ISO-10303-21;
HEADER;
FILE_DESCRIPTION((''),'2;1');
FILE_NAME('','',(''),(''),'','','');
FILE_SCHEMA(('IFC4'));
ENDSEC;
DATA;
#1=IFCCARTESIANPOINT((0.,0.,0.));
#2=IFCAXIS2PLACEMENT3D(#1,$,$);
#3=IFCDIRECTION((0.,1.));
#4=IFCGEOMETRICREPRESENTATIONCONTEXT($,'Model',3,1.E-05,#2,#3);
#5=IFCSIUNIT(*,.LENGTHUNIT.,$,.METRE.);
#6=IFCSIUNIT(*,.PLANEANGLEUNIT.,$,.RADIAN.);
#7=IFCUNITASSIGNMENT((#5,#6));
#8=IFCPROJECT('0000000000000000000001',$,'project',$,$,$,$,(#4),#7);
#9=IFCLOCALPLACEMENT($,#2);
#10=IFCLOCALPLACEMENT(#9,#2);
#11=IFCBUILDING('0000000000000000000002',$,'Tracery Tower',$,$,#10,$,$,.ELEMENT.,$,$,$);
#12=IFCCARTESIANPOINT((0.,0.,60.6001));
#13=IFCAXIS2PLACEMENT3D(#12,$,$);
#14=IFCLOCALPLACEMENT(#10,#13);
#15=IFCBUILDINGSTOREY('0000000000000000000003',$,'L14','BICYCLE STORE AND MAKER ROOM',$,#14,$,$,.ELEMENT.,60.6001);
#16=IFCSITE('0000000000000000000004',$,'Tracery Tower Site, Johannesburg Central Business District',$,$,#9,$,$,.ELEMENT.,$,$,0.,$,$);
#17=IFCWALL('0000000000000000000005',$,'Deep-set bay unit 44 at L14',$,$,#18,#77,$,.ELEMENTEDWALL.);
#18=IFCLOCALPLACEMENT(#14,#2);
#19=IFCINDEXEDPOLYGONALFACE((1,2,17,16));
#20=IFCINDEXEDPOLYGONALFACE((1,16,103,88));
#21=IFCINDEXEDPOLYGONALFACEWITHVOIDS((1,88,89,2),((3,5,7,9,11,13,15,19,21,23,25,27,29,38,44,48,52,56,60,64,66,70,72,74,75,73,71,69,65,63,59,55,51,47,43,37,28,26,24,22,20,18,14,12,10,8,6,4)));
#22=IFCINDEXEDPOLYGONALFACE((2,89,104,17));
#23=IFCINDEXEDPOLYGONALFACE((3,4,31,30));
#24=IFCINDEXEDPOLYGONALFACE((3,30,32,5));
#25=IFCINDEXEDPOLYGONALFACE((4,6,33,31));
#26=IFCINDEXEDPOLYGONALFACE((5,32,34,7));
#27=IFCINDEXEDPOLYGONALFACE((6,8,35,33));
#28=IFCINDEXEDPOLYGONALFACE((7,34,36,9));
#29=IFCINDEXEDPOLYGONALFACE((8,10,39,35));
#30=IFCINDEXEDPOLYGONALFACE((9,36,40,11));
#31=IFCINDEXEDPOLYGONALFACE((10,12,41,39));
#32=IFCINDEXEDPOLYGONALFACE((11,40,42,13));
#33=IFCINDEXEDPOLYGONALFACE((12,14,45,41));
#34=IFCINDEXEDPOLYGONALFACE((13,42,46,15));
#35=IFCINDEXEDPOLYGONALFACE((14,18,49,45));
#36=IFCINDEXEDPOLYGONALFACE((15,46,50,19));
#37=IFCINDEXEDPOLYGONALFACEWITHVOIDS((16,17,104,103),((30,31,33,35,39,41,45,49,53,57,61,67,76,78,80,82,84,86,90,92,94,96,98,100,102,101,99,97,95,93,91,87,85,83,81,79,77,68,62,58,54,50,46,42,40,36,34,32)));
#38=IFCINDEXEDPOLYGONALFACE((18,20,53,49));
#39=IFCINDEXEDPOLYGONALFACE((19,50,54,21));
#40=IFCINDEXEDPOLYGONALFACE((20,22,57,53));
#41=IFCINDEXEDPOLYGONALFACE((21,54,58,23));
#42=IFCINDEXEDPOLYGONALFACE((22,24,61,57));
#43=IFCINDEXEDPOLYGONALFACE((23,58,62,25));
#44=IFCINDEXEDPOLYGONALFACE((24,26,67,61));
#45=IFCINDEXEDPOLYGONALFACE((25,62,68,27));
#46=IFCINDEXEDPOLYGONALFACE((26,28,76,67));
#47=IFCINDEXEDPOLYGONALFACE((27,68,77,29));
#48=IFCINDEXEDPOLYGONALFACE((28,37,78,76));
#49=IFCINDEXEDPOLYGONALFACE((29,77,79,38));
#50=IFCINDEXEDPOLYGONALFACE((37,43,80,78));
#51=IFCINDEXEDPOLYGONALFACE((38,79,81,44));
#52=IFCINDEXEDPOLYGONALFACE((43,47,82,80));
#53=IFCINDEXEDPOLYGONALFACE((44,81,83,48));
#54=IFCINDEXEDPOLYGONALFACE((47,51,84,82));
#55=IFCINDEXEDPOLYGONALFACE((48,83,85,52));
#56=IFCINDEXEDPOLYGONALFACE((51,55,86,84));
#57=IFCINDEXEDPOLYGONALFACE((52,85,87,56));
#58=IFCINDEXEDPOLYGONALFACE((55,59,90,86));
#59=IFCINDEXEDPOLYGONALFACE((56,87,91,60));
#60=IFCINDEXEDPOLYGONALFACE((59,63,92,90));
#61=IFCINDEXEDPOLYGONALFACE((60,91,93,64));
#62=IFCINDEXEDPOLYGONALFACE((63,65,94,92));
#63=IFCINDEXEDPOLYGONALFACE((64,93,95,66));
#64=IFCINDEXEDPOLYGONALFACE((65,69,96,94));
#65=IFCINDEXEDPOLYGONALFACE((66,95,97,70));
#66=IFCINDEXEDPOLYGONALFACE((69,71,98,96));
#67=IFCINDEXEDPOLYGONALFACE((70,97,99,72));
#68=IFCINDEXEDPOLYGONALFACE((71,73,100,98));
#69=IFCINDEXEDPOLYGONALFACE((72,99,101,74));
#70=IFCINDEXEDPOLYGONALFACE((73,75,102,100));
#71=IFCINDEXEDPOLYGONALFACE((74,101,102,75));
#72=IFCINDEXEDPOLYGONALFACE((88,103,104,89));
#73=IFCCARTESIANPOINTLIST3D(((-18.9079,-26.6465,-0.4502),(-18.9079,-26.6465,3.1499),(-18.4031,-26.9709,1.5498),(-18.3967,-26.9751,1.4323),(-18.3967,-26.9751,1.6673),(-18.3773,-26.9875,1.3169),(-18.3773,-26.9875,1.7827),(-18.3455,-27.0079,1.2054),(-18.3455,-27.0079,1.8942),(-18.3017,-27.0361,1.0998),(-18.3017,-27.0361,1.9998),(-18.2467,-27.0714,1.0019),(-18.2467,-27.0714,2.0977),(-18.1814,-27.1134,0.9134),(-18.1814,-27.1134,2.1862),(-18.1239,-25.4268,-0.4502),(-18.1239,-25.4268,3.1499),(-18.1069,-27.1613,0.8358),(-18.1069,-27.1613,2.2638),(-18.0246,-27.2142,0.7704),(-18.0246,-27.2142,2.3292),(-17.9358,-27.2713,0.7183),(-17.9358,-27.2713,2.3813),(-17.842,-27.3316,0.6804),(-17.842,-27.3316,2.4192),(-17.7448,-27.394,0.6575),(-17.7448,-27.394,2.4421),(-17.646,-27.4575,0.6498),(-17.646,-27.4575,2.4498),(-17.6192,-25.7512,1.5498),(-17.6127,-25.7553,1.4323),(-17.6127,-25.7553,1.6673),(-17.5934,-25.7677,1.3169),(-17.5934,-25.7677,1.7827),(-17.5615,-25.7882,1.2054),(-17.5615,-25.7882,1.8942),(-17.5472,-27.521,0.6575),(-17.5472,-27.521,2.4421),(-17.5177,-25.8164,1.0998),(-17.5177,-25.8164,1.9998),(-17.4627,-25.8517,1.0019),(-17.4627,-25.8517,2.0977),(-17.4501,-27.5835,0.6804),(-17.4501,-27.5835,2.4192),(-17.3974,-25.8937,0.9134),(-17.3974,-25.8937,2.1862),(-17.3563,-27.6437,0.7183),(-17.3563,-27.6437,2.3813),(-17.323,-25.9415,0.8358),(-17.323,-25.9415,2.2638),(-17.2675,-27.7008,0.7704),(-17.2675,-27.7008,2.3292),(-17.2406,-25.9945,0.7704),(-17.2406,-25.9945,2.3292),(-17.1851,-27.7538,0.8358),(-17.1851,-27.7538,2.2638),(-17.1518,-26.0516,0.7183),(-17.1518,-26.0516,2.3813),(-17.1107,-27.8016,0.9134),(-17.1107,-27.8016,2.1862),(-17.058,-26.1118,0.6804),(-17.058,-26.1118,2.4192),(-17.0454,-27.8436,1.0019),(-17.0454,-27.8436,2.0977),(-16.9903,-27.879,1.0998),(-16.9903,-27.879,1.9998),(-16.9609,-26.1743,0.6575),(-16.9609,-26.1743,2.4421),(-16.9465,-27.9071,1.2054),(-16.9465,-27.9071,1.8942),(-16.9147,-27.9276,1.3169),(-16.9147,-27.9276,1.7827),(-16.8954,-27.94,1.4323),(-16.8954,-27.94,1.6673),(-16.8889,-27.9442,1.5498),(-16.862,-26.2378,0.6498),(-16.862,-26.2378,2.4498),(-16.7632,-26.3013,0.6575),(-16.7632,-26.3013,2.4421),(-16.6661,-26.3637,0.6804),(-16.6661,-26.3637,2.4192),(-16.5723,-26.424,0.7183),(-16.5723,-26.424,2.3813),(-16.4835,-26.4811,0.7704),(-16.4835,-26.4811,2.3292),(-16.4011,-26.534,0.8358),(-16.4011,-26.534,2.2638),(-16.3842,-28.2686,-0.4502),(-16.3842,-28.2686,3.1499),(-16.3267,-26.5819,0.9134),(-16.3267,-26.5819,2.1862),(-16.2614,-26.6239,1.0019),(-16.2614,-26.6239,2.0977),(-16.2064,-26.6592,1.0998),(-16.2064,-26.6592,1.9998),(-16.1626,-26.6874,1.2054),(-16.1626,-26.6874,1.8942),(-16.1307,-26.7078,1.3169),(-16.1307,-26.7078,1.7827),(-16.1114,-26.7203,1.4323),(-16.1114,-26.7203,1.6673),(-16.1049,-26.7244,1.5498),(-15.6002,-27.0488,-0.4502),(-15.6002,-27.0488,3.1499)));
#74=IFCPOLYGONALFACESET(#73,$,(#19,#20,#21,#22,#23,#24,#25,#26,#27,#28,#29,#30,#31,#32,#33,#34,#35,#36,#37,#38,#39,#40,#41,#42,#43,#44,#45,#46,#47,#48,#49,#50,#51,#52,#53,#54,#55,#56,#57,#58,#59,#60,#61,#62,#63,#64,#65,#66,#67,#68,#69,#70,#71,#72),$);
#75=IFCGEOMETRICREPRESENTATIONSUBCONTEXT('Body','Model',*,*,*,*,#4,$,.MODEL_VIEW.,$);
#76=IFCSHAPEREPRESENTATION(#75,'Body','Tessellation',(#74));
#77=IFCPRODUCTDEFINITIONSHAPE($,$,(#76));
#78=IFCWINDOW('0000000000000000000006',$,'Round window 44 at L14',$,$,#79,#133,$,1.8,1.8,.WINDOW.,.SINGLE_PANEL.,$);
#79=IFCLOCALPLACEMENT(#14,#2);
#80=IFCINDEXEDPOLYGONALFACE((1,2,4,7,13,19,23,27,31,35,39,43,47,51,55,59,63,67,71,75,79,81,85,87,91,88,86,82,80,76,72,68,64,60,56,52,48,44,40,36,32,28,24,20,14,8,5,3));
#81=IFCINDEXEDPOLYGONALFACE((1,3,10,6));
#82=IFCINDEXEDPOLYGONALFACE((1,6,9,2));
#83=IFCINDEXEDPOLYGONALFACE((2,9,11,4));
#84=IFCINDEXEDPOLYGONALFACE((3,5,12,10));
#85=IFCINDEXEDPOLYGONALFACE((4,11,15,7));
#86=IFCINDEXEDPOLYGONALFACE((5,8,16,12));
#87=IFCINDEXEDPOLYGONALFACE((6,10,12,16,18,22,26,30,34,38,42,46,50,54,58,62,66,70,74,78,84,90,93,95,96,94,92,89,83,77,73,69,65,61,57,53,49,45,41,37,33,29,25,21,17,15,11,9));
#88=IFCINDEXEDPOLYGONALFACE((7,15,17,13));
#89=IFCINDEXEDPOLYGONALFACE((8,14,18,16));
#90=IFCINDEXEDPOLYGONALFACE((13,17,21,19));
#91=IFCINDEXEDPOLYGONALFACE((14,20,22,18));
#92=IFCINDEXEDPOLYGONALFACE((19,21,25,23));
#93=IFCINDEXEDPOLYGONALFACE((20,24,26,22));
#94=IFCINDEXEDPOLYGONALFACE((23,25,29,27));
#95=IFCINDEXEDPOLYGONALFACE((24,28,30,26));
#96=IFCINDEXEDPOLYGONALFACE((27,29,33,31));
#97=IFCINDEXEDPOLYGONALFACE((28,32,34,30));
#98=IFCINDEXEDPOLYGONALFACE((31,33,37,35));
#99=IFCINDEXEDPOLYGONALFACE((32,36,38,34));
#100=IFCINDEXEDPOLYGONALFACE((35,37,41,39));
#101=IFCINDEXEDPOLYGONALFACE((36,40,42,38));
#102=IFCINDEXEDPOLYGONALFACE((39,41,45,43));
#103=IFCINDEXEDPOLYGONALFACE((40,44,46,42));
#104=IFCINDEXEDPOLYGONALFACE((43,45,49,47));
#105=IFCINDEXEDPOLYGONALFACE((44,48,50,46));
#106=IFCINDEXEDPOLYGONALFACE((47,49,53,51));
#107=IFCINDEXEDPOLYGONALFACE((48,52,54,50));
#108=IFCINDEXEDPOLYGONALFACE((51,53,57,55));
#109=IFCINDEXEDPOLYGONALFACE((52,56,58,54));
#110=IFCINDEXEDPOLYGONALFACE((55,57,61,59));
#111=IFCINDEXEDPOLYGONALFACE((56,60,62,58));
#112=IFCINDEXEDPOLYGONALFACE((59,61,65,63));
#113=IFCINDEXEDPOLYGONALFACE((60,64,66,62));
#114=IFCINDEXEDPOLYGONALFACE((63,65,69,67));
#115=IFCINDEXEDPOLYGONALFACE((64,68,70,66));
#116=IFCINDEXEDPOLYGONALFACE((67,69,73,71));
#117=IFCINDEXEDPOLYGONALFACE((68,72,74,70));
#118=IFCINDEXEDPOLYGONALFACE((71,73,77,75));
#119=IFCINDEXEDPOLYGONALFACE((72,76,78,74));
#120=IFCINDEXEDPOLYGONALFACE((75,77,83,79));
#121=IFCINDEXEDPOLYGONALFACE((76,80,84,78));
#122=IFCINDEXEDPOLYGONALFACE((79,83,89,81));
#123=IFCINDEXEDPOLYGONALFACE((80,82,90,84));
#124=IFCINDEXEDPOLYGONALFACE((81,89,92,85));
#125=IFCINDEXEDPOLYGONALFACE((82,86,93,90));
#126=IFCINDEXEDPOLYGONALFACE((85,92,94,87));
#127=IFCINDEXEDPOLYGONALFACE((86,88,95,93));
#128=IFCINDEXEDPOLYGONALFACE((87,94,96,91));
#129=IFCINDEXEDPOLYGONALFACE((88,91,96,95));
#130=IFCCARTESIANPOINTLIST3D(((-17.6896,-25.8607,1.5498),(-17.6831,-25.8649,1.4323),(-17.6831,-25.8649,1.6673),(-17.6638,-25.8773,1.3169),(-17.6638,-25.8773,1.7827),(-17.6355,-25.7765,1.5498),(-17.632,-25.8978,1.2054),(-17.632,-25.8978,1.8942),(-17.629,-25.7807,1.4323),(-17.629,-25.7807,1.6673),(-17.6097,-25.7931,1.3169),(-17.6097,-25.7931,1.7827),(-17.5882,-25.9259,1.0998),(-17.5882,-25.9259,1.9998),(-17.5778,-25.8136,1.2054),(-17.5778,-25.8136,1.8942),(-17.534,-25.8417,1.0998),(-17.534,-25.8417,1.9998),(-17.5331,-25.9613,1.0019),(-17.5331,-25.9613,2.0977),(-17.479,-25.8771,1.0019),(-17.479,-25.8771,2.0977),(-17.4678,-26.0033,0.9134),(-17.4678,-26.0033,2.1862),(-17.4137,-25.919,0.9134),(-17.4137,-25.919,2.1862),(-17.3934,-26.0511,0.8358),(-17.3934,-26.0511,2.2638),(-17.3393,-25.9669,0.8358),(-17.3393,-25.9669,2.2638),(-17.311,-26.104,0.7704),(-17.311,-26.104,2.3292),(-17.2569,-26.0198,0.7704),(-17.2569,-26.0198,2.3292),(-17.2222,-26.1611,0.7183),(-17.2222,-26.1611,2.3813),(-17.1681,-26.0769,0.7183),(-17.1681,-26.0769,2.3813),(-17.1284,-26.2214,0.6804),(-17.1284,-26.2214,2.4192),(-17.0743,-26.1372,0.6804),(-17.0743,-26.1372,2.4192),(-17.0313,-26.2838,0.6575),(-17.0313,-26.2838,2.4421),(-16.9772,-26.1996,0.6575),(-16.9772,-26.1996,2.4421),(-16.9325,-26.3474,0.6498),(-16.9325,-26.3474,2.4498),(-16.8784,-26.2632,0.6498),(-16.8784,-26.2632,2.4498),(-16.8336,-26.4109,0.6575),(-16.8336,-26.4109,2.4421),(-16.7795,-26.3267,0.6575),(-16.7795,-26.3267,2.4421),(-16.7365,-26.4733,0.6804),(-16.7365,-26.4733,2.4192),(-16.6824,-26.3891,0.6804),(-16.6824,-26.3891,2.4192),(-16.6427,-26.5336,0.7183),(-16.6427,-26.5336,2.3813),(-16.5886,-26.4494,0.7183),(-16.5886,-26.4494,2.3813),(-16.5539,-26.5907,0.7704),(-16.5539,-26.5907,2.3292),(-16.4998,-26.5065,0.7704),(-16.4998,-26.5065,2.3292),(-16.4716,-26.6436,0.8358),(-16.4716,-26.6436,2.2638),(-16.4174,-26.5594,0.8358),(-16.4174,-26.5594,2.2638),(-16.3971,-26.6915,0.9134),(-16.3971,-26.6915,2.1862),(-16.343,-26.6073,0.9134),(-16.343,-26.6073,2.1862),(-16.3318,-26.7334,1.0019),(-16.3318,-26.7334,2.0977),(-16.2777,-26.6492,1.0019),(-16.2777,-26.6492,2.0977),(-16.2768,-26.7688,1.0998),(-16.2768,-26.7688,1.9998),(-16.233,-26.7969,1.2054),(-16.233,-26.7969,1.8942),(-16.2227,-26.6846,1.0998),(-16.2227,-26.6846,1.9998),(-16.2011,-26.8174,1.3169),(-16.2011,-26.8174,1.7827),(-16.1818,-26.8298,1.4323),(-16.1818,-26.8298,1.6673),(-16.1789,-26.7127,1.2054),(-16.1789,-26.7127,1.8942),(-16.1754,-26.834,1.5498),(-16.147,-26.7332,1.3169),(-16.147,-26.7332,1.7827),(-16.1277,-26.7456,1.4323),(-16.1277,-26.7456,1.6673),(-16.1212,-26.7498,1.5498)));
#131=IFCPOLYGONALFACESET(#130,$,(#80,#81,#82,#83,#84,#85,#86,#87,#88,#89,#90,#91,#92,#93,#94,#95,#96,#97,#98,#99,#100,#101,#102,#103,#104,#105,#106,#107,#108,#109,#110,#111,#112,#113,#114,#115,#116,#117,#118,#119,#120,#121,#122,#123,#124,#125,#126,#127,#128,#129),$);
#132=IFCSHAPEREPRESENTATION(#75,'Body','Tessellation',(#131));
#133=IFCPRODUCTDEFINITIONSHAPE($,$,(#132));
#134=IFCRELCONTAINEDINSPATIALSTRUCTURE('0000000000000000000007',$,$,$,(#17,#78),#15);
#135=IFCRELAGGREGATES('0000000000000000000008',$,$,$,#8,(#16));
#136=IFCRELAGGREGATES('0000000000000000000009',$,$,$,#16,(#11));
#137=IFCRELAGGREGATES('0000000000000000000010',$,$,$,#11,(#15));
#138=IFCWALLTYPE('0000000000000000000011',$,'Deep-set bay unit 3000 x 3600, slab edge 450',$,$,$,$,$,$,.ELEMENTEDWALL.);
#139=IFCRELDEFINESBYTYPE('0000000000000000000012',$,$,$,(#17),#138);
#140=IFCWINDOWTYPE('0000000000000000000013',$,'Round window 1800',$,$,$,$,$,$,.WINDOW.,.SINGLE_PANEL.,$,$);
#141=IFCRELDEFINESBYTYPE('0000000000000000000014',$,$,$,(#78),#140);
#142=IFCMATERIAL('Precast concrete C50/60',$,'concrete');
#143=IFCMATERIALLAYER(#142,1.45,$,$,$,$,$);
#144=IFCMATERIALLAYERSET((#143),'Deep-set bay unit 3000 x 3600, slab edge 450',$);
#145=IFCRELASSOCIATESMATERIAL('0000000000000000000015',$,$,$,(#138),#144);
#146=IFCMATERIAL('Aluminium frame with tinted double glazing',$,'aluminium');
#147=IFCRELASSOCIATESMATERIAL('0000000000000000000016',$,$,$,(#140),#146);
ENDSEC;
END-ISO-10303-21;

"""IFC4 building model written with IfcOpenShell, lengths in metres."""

from ifc_helpers import new_model, si_unit, direction, frame, frame_2d, origin, origin_2d, place, context, subcontext, project, spatial, rectangle, circle, extrude, material, layer, layer_set, type_object, element, fill, save


model = new_model("IFC4")

# Units and contexts
model_context = context("Model", 3, precision=1e-05, world=origin(), true_north=direction((0.0, 1.0)))
body_context = subcontext(model_context, "Body", "Model", "MODEL_VIEW")
ifc_project = project(units=[si_unit("LENGTHUNIT", "METRE"), si_unit("PLANEANGLEUNIT", "RADIAN")], contexts=[model_context])

# Site, building, storey
site_placement = place(None, origin())
site = spatial("IfcSite", under=ifc_project, at=site_placement, Name="Tracery Tower Site, Johannesburg Central Business District", CompositionType="ELEMENT", RefElevation=0.0)
building_placement = place(site_placement, origin())
building = spatial("IfcBuilding", under=site, at=building_placement, Name="Tracery Tower", CompositionType="ELEMENT")
storey_placement = place(building_placement, frame((0.0, 0.0, 60.6001)))
storey = spatial("IfcBuildingStorey", under=building, at=storey_placement, Name="L14", Description="BICYCLE STORE AND MAKER ROOM", CompositionType="ELEMENT", Elevation=60.6001)

# Wall, opening, window
ifc_material_1 = material(Name="Precast concrete C50/60", Category="concrete")
ifc_layer_1 = layer(ifc_material_1, 1.45)
ifc_layer_set_1 = layer_set([ifc_layer_1], Name="Deep-set bay unit 3000 x 3600, slab edge 450")
wall_type_1 = type_object("IfcWallType", Name="Deep-set bay unit 3000 x 3600, slab edge 450", PredefinedType="ELEMENTEDWALL", material=ifc_layer_set_1)
ifc_material_2 = material(Name="Aluminium frame with tinted double glazing", Category="aluminium")
window_type = type_object("IfcWindowType", Name="Round window 1800", PartitioningType="SINGLE_PANEL", PredefinedType="WINDOW", material=ifc_material_2)
wall_1_placement = place(storey_placement, frame((-18.5159, -26.0366, -0.4502), z_axis=(0.0, 0.0, 1.0), x_axis=(0.841223, -0.540688, 0.0)))
wall_1 = element("IfcWall", 1, at=wall_1_placement, inside=storey, type_object=wall_type_1, Name="Deep-set bay unit 44 at L14", PredefinedType="ELEMENTEDWALL", context=body_context, shape_type="SweptSolid", body=[
    extrude(rectangle(XDim=3.0, YDim=1.45, at=frame_2d((1.5, 0.0))), origin(), (0.0, 0.0, 1.0), 3.6001),
])
opening_1_placement = place(wall_1_placement, frame((1.5, 0.0, 2.0)))
opening_1 = element("IfcOpeningElement", 2, at=opening_1_placement, cuts=wall_1, PredefinedType="OPENING", context=body_context, shape_type="SweptSolid", body=[
    extrude(circle(Radius=0.9, at=origin_2d()), frame((0.0, 0.7349, 0.0), z_axis=(0.0, -1.0, 0.0), x_axis=(1.0, 0.0, 0.0)), (0.0, 0.0, 1.0), 1.47),
])
window_1_placement = place(opening_1_placement, origin())
window_1 = element("IfcWindow", 3, at=window_1_placement, inside=storey, type_object=window_type, Name="Round window 44 at L14", OverallHeight=1.8, OverallWidth=1.8, PartitioningType="SINGLE_PANEL", PredefinedType="WINDOW", context=body_context, shape_type="SweptSolid", body=[
    extrude(circle(Radius=0.9, at=origin_2d()), frame((0.0, 0.6948, 0.0), z_axis=(0.0, -1.0, 0.0), x_axis=(1.0, 0.0, 0.0)), (0.0, 0.0, 1.0), 0.1001),
])
fill(opening_1, window_1)

save(model, "model.ifc")
